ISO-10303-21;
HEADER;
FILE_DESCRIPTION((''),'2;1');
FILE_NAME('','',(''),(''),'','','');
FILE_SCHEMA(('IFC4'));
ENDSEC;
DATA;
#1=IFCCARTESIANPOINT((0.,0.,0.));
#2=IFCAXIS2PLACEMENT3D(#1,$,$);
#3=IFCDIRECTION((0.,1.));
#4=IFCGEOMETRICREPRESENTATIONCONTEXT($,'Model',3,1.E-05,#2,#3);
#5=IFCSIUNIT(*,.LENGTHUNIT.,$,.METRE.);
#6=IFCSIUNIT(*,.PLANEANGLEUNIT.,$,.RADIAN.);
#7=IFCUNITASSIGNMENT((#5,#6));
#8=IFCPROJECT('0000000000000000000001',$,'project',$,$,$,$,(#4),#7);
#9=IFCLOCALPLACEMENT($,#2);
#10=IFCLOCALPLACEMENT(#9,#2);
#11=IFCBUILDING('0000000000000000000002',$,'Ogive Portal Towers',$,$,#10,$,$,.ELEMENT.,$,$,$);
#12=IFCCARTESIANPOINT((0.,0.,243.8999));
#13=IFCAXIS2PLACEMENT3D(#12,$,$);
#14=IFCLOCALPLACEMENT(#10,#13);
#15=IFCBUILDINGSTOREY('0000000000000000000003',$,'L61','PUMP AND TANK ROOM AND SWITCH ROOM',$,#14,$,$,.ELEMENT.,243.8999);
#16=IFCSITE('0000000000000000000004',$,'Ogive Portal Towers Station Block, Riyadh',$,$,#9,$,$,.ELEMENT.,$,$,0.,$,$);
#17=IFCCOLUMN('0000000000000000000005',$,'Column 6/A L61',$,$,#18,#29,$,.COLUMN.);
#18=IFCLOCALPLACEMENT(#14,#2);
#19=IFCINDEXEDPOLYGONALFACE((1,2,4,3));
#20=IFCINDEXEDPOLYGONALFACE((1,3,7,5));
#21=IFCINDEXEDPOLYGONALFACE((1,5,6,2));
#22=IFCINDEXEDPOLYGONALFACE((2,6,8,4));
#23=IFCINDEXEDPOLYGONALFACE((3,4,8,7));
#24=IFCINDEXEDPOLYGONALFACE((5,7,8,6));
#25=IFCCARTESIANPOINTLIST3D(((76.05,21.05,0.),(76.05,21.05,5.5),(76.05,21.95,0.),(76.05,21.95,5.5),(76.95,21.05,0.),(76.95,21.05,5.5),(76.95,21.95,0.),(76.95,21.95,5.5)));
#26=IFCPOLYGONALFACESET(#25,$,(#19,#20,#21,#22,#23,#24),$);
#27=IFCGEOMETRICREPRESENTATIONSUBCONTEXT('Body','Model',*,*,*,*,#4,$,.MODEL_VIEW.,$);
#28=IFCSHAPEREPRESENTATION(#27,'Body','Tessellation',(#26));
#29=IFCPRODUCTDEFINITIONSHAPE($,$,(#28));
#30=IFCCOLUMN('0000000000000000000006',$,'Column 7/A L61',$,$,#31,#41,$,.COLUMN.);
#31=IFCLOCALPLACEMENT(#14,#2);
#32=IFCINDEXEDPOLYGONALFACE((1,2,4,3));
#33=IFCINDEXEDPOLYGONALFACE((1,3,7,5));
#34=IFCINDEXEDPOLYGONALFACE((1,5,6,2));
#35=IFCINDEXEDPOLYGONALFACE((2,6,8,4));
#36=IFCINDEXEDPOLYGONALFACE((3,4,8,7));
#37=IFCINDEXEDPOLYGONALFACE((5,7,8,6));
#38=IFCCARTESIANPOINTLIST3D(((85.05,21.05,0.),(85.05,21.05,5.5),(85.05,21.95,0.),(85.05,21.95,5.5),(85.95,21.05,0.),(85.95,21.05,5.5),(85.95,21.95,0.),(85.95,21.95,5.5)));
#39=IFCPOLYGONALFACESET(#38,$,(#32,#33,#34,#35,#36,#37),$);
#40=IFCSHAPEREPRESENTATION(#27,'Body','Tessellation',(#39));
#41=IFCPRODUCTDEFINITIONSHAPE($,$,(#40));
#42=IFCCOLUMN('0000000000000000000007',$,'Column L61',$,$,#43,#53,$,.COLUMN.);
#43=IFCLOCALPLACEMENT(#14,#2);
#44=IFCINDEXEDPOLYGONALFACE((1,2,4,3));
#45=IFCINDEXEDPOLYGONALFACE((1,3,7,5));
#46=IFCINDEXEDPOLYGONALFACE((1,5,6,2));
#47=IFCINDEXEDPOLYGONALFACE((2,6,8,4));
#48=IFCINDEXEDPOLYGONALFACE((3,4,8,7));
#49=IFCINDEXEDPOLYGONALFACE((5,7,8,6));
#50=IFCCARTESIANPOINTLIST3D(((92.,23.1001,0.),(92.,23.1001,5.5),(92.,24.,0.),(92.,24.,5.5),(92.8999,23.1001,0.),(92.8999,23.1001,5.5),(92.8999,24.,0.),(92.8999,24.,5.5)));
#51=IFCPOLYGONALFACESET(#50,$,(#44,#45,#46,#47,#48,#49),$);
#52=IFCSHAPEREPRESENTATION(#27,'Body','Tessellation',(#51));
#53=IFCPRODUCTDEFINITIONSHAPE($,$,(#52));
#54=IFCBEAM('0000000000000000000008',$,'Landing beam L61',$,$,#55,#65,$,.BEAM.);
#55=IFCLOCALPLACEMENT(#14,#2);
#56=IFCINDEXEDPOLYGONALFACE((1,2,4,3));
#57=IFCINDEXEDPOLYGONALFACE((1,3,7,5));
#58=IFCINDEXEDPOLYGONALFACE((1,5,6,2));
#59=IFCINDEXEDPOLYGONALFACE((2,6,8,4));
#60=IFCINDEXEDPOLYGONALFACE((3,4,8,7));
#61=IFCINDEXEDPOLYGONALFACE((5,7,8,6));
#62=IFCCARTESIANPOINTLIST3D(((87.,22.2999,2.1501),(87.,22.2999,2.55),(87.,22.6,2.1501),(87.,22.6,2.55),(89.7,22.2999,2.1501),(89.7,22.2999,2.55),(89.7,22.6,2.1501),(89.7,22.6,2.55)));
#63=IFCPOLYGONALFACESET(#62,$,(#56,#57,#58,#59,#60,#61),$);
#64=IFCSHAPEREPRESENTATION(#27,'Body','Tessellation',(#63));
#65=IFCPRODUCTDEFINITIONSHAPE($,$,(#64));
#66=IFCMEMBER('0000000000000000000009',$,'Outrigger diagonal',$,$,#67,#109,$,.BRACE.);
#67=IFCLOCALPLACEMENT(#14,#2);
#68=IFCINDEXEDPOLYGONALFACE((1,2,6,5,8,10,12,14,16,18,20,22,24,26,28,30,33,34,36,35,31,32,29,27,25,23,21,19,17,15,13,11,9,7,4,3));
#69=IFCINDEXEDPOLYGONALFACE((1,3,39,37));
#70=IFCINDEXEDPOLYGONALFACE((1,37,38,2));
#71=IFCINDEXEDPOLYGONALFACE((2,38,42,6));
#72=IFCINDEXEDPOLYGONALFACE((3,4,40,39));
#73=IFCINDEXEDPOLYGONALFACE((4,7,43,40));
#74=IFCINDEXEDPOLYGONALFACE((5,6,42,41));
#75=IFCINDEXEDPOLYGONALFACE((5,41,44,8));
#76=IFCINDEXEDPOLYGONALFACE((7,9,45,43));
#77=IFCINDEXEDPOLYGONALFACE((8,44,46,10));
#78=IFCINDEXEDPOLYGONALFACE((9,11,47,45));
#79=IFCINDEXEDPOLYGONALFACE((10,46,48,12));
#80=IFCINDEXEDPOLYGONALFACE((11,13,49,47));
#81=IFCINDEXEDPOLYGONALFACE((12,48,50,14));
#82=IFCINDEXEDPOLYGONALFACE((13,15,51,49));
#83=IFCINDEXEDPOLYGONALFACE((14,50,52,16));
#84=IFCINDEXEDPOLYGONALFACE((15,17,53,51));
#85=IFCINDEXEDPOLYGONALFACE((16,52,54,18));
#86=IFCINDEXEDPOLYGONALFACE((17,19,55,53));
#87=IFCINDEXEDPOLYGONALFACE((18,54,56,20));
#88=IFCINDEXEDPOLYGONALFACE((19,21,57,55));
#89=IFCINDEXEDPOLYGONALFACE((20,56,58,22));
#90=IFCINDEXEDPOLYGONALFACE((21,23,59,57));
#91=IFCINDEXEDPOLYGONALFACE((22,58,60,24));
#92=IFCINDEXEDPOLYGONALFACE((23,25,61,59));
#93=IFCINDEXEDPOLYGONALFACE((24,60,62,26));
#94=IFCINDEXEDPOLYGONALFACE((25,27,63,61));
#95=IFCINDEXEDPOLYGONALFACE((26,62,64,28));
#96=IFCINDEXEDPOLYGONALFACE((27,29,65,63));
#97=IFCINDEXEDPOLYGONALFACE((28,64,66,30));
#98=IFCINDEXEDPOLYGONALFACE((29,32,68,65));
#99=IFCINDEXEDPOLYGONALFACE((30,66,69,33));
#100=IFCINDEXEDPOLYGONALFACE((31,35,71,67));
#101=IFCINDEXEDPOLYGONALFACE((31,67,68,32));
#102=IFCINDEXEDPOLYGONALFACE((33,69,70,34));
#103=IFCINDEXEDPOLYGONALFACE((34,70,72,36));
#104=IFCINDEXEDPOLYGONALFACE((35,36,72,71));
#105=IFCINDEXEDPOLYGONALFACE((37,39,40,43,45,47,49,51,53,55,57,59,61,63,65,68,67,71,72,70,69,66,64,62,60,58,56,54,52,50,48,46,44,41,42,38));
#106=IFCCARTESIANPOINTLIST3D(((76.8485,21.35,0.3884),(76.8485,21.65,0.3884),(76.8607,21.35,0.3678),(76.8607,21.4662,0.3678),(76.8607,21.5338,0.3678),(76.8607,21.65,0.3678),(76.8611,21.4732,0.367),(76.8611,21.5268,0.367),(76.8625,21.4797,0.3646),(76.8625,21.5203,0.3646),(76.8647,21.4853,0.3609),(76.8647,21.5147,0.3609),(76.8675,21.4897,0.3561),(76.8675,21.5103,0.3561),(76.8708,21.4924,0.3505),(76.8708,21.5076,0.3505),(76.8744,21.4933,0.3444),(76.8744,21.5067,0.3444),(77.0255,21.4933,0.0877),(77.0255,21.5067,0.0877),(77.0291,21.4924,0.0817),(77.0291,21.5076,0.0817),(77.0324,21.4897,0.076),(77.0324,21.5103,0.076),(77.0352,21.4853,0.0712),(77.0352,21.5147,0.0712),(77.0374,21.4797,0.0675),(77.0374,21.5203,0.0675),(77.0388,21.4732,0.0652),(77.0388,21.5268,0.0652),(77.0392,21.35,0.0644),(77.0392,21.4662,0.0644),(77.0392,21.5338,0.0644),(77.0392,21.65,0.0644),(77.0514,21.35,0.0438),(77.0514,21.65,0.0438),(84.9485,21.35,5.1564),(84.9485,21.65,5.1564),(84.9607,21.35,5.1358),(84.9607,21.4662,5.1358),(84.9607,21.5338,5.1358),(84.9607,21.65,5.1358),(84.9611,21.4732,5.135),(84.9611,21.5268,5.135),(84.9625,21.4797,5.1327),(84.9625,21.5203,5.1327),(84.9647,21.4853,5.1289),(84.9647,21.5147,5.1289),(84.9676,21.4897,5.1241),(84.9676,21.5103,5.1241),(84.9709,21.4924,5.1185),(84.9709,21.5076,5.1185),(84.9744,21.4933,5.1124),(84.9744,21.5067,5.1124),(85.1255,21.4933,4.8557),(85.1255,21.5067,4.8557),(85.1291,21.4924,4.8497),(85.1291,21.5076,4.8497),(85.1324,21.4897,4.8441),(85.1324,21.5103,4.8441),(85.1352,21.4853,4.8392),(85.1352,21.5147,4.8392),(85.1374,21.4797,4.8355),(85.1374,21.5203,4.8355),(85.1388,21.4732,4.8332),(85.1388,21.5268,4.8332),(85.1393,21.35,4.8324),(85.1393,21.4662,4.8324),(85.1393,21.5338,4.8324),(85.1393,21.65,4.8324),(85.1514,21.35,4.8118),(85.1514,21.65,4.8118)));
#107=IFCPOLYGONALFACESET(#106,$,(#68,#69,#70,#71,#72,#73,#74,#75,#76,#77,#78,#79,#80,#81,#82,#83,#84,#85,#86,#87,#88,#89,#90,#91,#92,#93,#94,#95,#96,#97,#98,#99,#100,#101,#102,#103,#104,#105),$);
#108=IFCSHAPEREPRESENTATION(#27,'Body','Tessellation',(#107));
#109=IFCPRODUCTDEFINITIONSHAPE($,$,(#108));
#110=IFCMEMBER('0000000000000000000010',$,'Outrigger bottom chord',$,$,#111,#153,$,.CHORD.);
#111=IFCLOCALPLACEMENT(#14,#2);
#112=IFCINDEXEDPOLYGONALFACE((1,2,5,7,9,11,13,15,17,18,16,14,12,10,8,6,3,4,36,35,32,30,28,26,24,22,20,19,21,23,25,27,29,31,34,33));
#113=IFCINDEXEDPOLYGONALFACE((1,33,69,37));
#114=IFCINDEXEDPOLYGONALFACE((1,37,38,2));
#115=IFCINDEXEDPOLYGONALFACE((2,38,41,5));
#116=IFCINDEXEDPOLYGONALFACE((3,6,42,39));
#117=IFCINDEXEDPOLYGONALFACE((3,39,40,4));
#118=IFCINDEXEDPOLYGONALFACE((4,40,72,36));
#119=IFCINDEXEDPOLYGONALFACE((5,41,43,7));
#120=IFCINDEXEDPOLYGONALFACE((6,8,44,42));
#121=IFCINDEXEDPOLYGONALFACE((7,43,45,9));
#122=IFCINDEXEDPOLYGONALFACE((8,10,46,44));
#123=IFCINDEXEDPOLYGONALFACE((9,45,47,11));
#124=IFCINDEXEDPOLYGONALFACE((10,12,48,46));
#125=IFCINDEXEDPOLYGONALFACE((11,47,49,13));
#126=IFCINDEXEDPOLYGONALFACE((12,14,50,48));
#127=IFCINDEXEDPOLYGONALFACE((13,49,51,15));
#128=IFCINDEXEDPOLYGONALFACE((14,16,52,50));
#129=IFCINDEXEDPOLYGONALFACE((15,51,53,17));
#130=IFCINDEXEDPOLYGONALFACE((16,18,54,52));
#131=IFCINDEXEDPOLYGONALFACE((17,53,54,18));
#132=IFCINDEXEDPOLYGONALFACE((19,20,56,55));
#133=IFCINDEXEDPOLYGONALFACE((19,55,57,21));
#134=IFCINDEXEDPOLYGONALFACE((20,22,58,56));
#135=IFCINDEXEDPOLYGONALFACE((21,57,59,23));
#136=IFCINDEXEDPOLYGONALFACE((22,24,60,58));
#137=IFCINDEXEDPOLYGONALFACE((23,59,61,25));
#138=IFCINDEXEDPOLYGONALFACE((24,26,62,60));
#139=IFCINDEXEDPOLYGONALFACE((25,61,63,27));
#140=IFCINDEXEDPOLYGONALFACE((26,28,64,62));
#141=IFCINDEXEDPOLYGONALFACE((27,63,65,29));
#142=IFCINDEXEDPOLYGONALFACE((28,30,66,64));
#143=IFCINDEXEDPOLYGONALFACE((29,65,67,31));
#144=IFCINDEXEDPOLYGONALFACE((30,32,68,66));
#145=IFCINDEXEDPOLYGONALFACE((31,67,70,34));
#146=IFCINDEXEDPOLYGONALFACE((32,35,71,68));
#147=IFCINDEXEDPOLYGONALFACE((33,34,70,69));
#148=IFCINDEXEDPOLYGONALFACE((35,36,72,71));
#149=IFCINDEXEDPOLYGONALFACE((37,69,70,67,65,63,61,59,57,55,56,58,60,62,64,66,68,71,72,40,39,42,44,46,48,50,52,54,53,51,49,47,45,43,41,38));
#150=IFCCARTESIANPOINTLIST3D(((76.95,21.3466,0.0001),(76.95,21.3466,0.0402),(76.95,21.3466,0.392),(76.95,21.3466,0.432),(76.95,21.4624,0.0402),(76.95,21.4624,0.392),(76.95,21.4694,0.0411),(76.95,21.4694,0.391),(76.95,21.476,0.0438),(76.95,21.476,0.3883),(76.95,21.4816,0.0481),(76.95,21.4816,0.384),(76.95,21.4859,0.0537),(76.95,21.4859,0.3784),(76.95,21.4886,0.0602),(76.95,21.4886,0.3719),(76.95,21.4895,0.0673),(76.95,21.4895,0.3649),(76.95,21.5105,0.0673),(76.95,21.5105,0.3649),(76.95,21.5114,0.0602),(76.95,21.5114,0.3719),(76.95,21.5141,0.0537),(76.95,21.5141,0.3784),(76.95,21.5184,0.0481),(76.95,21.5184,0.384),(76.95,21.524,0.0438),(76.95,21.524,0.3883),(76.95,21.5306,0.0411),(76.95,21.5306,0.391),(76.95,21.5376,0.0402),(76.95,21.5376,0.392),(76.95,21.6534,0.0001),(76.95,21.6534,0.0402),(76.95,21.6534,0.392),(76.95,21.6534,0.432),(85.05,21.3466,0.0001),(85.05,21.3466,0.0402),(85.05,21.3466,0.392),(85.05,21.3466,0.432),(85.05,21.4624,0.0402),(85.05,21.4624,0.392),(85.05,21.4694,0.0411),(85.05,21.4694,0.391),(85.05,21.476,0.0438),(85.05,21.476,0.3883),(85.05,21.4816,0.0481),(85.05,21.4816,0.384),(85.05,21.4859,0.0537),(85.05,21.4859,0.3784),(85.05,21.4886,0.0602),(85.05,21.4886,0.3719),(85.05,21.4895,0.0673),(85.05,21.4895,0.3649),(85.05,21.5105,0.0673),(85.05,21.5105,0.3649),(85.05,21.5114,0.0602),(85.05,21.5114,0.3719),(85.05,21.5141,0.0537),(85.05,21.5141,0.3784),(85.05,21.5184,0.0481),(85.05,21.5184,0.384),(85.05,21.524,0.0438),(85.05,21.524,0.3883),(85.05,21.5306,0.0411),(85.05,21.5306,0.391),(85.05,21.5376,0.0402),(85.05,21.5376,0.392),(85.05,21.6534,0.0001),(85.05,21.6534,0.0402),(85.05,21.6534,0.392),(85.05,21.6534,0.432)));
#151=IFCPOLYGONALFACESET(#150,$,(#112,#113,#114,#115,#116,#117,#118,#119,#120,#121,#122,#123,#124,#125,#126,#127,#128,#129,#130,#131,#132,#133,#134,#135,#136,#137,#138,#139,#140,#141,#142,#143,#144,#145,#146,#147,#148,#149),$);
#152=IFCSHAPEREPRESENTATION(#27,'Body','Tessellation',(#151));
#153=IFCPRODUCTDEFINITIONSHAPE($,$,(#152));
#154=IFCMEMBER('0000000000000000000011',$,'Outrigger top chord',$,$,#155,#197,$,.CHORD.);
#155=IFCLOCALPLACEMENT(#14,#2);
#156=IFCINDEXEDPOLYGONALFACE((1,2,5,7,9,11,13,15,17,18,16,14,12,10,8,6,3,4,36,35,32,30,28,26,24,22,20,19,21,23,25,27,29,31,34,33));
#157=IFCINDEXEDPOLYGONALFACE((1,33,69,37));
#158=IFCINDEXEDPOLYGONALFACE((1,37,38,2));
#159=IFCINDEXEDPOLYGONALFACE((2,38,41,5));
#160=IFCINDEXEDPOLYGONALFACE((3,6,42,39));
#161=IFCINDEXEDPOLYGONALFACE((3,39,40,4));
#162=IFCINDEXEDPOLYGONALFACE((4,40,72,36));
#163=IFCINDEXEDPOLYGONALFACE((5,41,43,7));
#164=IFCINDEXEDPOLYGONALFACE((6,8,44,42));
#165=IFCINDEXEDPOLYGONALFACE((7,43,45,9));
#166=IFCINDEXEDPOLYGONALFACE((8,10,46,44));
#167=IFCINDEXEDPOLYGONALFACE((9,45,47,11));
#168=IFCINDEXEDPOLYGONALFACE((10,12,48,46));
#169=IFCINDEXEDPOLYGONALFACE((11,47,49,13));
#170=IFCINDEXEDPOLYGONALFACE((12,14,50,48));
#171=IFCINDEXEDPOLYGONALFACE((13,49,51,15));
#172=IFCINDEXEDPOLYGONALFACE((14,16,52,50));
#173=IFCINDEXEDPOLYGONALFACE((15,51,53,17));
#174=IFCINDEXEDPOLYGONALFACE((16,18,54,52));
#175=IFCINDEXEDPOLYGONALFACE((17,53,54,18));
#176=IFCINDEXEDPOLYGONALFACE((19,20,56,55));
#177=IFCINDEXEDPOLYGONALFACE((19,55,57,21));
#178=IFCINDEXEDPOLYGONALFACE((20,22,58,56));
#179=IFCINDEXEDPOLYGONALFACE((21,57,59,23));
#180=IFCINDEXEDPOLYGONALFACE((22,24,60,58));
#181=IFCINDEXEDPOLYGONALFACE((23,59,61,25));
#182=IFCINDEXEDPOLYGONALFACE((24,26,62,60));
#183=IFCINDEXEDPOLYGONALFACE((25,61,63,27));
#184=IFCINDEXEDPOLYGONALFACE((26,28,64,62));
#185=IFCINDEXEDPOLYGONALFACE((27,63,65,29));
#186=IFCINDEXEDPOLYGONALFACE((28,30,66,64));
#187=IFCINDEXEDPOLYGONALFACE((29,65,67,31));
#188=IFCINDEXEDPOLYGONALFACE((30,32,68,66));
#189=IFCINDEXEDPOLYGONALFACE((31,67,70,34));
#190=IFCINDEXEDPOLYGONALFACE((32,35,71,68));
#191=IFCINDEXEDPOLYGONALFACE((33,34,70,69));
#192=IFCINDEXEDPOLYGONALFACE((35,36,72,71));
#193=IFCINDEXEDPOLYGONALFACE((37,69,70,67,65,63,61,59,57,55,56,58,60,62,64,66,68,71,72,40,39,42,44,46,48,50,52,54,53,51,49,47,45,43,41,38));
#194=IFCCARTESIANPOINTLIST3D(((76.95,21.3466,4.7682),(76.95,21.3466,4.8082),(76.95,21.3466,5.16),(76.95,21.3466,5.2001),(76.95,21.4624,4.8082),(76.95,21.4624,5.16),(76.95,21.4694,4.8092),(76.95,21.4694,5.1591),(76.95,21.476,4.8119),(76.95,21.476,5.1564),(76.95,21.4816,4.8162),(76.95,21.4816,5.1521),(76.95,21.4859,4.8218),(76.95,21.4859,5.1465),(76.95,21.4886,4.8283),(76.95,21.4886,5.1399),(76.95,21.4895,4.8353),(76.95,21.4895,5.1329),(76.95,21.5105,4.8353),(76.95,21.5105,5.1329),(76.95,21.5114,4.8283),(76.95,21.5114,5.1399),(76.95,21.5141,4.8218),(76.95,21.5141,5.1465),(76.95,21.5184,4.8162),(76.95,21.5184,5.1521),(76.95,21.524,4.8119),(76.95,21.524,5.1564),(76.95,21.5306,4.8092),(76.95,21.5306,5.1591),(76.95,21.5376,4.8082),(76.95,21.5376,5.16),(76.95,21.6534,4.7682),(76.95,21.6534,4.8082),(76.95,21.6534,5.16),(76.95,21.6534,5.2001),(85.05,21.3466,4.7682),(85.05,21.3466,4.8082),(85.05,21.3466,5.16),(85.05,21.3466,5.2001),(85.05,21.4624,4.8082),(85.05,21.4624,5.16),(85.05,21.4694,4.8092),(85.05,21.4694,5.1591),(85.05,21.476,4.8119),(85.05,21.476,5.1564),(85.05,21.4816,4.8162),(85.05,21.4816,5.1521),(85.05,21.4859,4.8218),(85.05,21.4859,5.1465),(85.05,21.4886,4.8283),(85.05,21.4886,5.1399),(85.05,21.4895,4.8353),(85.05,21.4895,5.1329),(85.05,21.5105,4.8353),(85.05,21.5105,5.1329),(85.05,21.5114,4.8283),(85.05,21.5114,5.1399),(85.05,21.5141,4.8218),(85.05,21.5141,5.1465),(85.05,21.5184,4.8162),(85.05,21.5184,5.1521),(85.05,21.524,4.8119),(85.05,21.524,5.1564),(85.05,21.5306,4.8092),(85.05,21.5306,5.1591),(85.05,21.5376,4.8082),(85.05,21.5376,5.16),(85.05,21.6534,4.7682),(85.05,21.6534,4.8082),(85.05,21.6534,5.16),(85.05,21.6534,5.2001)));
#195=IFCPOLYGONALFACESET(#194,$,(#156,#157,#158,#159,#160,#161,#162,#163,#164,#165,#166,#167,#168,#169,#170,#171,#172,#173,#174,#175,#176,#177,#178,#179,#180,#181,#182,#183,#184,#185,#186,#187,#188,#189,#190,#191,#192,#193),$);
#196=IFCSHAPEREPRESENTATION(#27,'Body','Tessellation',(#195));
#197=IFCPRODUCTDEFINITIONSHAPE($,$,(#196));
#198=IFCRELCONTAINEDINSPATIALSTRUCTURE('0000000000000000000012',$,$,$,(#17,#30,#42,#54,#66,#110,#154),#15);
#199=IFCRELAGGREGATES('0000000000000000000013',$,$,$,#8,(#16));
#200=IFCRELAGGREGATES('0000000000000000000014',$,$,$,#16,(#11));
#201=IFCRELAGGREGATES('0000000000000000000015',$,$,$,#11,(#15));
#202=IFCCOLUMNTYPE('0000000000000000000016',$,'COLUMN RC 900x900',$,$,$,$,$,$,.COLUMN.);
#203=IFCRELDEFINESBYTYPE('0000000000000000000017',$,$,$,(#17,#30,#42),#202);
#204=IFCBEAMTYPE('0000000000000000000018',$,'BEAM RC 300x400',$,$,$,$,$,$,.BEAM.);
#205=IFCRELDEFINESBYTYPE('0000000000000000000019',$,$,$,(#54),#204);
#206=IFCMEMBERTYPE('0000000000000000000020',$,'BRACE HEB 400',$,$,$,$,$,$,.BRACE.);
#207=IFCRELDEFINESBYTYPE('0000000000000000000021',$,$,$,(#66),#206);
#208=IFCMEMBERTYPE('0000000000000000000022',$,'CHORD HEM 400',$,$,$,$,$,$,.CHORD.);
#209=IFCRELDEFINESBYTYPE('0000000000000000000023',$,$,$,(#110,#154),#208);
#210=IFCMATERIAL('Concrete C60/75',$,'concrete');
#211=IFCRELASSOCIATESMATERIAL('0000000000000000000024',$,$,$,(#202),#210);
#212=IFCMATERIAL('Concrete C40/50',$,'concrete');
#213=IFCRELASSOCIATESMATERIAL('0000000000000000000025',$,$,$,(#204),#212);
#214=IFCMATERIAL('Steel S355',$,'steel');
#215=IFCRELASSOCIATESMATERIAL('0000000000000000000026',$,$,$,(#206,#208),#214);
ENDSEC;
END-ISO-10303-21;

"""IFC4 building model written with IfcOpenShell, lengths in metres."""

from ifc_helpers import new_model, si_unit, direction, frame, origin, origin_2d, place, context, subcontext, project, spatial, rectangle, i_section, extrude, material, material_profile, profile_set, type_object, element, save


model = new_model("IFC4")

# Units and contexts
model_context = context("Model", 3, precision=1e-05, world=origin(), true_north=direction((0.0, 1.0)))
body_context = subcontext(model_context, "Body", "Model", "MODEL_VIEW")
ifc_project = project(units=[si_unit("LENGTHUNIT", "METRE"), si_unit("PLANEANGLEUNIT", "RADIAN")], contexts=[model_context])

# Site, building, storey
site_placement = place(None, origin())
site = spatial("IfcSite", under=ifc_project, at=site_placement, Name="Ogive Portal Towers Station Block, Riyadh", CompositionType="ELEMENT", RefElevation=0.0)
building_placement = place(site_placement, origin())
building = spatial("IfcBuilding", under=site, at=building_placement, Name="Ogive Portal Towers", CompositionType="ELEMENT")
storey_placement = place(building_placement, frame((0.0, 0.0, 243.8999)))
storey = spatial("IfcBuildingStorey", under=building, at=storey_placement, Name="L61", Description="PUMP AND TANK ROOM AND SWITCH ROOM", CompositionType="ELEMENT", Elevation=243.8999)

# Columns
ifc_material_1 = material(Name="Concrete C60/75", Category="concrete")
ifc_material_profile_1 = material_profile(ifc_material_1, rectangle(XDim=0.8999, YDim=0.8999, at=origin_2d()), Name="RC 900x900")
ifc_profile_set_1 = profile_set([ifc_material_profile_1], Name="Concrete C60/75")
column_type = type_object("IfcColumnType", Name="COLUMN RC 900x900", PredefinedType="COLUMN", material=ifc_profile_set_1)
for number, where, z_axis, x_axis, name in (
    (1, (76.5, 21.5, 0.0), (0.0, 0.0, 1.0), (1.0, 0.0, 0.0), "Column 6/A L61"),
    (2, (85.5, 21.5, 0.0), (0.0, 0.0, 1.0), (1.0, 0.0, 0.0), "Column 7/A L61"),
    (3, (92.45, 23.55, 0.0), (0.0, 0.0, 1.0), (1.0, 0.0, 0.0), "Column L61"),
):
    element("IfcColumn", number, at=place(storey_placement, frame(where, z_axis=z_axis, x_axis=x_axis)), inside=storey, type_object=column_type, Name=name, PredefinedType="COLUMN", context=body_context, shape_type="SweptSolid", body=[
        extrude(rectangle(XDim=0.8999, YDim=0.8999, at=origin_2d()), origin(), (0.0, 0.0, 1.0), 5.5),
    ])

# Beam
ifc_material_2 = material(Name="Concrete C40/50", Category="concrete")
ifc_material_profile_2 = material_profile(ifc_material_2, rectangle(XDim=0.3, YDim=0.3999, at=origin_2d()), Name="RC 300x400")
ifc_profile_set_2 = profile_set([ifc_material_profile_2], Name="Concrete C40/50")
beam_type = type_object("IfcBeamType", Name="BEAM RC 300x400", PredefinedType="BEAM", material=ifc_profile_set_2)
beam_placement = place(storey_placement, frame((87.0, 22.45, 2.3501), z_axis=(1.0, 0.0, 0.0), x_axis=(0.0, 1.0, 0.0)))
element("IfcBeam", 4, at=beam_placement, inside=storey, type_object=beam_type, Name="Landing beam L61", PredefinedType="BEAM", context=body_context, shape_type="SweptSolid", body=[
    extrude(rectangle(XDim=0.3, YDim=0.3999, at=origin_2d()), origin(), (0.0, 0.0, 1.0), 2.7),
])

# Members
ifc_material_3 = material(Name="Steel S355", Category="steel")
ifc_material_profile_3 = material_profile(ifc_material_3, i_section(OverallWidth=0.3, OverallDepth=0.3999, WebThickness=0.0134, FlangeThickness=0.0239, FilletRadius=0.0271, at=origin_2d()), Name="HEB 400")
ifc_profile_set_3 = profile_set([ifc_material_profile_3], Name="Steel S355")
member_type_1 = type_object("IfcMemberType", Name="BRACE HEB 400", PredefinedType="BRACE", material=ifc_profile_set_3)
member_placement = place(storey_placement, frame((76.95, 21.5, 0.2161), z_axis=(0.861781, 0.0, 0.507281), x_axis=(0.0, 1.0, 0.0)))
element("IfcMember", 5, at=member_placement, inside=storey, type_object=member_type_1, Name="Outrigger diagonal", PredefinedType="BRACE", context=body_context, shape_type="SweptSolid", body=[
    extrude(i_section(OverallWidth=0.3, OverallDepth=0.3999, WebThickness=0.0134, FlangeThickness=0.0239, FilletRadius=0.0271, at=origin_2d()), origin(), (0.0, 0.0, 1.0), 9.3992),
])
ifc_material_profile_4 = material_profile(ifc_material_3, i_section(OverallWidth=0.3069, OverallDepth=0.4319, WebThickness=0.021, FlangeThickness=0.04, FilletRadius=0.0271, at=origin_2d()), Name="HEM 400")
ifc_profile_set_4 = profile_set([ifc_material_profile_4], Name="Steel S355")
member_type_2 = type_object("IfcMemberType", Name="CHORD HEM 400", PredefinedType="CHORD", material=ifc_profile_set_4)
for number, where, z_axis, x_axis, name in (
    (6, (76.95, 21.5, 0.2161), (1.0, 0.0, 0.0), (0.0, 1.0, 0.0), "Outrigger bottom chord"),
    (7, (76.95, 21.5, 4.9841), (1.0, 0.0, 0.0), (0.0, 1.0, 0.0), "Outrigger top chord"),
):
    element("IfcMember", number, at=place(storey_placement, frame(where, z_axis=z_axis, x_axis=x_axis)), inside=storey, type_object=member_type_2, Name=name, PredefinedType="CHORD", context=body_context, shape_type="SweptSolid", body=[
        extrude(i_section(OverallWidth=0.3069, OverallDepth=0.4319, WebThickness=0.021, FlangeThickness=0.04, FilletRadius=0.0271, at=origin_2d()), origin(), (0.0, 0.0, 1.0), 8.1001),
    ])

save(model, "model.ifc")
